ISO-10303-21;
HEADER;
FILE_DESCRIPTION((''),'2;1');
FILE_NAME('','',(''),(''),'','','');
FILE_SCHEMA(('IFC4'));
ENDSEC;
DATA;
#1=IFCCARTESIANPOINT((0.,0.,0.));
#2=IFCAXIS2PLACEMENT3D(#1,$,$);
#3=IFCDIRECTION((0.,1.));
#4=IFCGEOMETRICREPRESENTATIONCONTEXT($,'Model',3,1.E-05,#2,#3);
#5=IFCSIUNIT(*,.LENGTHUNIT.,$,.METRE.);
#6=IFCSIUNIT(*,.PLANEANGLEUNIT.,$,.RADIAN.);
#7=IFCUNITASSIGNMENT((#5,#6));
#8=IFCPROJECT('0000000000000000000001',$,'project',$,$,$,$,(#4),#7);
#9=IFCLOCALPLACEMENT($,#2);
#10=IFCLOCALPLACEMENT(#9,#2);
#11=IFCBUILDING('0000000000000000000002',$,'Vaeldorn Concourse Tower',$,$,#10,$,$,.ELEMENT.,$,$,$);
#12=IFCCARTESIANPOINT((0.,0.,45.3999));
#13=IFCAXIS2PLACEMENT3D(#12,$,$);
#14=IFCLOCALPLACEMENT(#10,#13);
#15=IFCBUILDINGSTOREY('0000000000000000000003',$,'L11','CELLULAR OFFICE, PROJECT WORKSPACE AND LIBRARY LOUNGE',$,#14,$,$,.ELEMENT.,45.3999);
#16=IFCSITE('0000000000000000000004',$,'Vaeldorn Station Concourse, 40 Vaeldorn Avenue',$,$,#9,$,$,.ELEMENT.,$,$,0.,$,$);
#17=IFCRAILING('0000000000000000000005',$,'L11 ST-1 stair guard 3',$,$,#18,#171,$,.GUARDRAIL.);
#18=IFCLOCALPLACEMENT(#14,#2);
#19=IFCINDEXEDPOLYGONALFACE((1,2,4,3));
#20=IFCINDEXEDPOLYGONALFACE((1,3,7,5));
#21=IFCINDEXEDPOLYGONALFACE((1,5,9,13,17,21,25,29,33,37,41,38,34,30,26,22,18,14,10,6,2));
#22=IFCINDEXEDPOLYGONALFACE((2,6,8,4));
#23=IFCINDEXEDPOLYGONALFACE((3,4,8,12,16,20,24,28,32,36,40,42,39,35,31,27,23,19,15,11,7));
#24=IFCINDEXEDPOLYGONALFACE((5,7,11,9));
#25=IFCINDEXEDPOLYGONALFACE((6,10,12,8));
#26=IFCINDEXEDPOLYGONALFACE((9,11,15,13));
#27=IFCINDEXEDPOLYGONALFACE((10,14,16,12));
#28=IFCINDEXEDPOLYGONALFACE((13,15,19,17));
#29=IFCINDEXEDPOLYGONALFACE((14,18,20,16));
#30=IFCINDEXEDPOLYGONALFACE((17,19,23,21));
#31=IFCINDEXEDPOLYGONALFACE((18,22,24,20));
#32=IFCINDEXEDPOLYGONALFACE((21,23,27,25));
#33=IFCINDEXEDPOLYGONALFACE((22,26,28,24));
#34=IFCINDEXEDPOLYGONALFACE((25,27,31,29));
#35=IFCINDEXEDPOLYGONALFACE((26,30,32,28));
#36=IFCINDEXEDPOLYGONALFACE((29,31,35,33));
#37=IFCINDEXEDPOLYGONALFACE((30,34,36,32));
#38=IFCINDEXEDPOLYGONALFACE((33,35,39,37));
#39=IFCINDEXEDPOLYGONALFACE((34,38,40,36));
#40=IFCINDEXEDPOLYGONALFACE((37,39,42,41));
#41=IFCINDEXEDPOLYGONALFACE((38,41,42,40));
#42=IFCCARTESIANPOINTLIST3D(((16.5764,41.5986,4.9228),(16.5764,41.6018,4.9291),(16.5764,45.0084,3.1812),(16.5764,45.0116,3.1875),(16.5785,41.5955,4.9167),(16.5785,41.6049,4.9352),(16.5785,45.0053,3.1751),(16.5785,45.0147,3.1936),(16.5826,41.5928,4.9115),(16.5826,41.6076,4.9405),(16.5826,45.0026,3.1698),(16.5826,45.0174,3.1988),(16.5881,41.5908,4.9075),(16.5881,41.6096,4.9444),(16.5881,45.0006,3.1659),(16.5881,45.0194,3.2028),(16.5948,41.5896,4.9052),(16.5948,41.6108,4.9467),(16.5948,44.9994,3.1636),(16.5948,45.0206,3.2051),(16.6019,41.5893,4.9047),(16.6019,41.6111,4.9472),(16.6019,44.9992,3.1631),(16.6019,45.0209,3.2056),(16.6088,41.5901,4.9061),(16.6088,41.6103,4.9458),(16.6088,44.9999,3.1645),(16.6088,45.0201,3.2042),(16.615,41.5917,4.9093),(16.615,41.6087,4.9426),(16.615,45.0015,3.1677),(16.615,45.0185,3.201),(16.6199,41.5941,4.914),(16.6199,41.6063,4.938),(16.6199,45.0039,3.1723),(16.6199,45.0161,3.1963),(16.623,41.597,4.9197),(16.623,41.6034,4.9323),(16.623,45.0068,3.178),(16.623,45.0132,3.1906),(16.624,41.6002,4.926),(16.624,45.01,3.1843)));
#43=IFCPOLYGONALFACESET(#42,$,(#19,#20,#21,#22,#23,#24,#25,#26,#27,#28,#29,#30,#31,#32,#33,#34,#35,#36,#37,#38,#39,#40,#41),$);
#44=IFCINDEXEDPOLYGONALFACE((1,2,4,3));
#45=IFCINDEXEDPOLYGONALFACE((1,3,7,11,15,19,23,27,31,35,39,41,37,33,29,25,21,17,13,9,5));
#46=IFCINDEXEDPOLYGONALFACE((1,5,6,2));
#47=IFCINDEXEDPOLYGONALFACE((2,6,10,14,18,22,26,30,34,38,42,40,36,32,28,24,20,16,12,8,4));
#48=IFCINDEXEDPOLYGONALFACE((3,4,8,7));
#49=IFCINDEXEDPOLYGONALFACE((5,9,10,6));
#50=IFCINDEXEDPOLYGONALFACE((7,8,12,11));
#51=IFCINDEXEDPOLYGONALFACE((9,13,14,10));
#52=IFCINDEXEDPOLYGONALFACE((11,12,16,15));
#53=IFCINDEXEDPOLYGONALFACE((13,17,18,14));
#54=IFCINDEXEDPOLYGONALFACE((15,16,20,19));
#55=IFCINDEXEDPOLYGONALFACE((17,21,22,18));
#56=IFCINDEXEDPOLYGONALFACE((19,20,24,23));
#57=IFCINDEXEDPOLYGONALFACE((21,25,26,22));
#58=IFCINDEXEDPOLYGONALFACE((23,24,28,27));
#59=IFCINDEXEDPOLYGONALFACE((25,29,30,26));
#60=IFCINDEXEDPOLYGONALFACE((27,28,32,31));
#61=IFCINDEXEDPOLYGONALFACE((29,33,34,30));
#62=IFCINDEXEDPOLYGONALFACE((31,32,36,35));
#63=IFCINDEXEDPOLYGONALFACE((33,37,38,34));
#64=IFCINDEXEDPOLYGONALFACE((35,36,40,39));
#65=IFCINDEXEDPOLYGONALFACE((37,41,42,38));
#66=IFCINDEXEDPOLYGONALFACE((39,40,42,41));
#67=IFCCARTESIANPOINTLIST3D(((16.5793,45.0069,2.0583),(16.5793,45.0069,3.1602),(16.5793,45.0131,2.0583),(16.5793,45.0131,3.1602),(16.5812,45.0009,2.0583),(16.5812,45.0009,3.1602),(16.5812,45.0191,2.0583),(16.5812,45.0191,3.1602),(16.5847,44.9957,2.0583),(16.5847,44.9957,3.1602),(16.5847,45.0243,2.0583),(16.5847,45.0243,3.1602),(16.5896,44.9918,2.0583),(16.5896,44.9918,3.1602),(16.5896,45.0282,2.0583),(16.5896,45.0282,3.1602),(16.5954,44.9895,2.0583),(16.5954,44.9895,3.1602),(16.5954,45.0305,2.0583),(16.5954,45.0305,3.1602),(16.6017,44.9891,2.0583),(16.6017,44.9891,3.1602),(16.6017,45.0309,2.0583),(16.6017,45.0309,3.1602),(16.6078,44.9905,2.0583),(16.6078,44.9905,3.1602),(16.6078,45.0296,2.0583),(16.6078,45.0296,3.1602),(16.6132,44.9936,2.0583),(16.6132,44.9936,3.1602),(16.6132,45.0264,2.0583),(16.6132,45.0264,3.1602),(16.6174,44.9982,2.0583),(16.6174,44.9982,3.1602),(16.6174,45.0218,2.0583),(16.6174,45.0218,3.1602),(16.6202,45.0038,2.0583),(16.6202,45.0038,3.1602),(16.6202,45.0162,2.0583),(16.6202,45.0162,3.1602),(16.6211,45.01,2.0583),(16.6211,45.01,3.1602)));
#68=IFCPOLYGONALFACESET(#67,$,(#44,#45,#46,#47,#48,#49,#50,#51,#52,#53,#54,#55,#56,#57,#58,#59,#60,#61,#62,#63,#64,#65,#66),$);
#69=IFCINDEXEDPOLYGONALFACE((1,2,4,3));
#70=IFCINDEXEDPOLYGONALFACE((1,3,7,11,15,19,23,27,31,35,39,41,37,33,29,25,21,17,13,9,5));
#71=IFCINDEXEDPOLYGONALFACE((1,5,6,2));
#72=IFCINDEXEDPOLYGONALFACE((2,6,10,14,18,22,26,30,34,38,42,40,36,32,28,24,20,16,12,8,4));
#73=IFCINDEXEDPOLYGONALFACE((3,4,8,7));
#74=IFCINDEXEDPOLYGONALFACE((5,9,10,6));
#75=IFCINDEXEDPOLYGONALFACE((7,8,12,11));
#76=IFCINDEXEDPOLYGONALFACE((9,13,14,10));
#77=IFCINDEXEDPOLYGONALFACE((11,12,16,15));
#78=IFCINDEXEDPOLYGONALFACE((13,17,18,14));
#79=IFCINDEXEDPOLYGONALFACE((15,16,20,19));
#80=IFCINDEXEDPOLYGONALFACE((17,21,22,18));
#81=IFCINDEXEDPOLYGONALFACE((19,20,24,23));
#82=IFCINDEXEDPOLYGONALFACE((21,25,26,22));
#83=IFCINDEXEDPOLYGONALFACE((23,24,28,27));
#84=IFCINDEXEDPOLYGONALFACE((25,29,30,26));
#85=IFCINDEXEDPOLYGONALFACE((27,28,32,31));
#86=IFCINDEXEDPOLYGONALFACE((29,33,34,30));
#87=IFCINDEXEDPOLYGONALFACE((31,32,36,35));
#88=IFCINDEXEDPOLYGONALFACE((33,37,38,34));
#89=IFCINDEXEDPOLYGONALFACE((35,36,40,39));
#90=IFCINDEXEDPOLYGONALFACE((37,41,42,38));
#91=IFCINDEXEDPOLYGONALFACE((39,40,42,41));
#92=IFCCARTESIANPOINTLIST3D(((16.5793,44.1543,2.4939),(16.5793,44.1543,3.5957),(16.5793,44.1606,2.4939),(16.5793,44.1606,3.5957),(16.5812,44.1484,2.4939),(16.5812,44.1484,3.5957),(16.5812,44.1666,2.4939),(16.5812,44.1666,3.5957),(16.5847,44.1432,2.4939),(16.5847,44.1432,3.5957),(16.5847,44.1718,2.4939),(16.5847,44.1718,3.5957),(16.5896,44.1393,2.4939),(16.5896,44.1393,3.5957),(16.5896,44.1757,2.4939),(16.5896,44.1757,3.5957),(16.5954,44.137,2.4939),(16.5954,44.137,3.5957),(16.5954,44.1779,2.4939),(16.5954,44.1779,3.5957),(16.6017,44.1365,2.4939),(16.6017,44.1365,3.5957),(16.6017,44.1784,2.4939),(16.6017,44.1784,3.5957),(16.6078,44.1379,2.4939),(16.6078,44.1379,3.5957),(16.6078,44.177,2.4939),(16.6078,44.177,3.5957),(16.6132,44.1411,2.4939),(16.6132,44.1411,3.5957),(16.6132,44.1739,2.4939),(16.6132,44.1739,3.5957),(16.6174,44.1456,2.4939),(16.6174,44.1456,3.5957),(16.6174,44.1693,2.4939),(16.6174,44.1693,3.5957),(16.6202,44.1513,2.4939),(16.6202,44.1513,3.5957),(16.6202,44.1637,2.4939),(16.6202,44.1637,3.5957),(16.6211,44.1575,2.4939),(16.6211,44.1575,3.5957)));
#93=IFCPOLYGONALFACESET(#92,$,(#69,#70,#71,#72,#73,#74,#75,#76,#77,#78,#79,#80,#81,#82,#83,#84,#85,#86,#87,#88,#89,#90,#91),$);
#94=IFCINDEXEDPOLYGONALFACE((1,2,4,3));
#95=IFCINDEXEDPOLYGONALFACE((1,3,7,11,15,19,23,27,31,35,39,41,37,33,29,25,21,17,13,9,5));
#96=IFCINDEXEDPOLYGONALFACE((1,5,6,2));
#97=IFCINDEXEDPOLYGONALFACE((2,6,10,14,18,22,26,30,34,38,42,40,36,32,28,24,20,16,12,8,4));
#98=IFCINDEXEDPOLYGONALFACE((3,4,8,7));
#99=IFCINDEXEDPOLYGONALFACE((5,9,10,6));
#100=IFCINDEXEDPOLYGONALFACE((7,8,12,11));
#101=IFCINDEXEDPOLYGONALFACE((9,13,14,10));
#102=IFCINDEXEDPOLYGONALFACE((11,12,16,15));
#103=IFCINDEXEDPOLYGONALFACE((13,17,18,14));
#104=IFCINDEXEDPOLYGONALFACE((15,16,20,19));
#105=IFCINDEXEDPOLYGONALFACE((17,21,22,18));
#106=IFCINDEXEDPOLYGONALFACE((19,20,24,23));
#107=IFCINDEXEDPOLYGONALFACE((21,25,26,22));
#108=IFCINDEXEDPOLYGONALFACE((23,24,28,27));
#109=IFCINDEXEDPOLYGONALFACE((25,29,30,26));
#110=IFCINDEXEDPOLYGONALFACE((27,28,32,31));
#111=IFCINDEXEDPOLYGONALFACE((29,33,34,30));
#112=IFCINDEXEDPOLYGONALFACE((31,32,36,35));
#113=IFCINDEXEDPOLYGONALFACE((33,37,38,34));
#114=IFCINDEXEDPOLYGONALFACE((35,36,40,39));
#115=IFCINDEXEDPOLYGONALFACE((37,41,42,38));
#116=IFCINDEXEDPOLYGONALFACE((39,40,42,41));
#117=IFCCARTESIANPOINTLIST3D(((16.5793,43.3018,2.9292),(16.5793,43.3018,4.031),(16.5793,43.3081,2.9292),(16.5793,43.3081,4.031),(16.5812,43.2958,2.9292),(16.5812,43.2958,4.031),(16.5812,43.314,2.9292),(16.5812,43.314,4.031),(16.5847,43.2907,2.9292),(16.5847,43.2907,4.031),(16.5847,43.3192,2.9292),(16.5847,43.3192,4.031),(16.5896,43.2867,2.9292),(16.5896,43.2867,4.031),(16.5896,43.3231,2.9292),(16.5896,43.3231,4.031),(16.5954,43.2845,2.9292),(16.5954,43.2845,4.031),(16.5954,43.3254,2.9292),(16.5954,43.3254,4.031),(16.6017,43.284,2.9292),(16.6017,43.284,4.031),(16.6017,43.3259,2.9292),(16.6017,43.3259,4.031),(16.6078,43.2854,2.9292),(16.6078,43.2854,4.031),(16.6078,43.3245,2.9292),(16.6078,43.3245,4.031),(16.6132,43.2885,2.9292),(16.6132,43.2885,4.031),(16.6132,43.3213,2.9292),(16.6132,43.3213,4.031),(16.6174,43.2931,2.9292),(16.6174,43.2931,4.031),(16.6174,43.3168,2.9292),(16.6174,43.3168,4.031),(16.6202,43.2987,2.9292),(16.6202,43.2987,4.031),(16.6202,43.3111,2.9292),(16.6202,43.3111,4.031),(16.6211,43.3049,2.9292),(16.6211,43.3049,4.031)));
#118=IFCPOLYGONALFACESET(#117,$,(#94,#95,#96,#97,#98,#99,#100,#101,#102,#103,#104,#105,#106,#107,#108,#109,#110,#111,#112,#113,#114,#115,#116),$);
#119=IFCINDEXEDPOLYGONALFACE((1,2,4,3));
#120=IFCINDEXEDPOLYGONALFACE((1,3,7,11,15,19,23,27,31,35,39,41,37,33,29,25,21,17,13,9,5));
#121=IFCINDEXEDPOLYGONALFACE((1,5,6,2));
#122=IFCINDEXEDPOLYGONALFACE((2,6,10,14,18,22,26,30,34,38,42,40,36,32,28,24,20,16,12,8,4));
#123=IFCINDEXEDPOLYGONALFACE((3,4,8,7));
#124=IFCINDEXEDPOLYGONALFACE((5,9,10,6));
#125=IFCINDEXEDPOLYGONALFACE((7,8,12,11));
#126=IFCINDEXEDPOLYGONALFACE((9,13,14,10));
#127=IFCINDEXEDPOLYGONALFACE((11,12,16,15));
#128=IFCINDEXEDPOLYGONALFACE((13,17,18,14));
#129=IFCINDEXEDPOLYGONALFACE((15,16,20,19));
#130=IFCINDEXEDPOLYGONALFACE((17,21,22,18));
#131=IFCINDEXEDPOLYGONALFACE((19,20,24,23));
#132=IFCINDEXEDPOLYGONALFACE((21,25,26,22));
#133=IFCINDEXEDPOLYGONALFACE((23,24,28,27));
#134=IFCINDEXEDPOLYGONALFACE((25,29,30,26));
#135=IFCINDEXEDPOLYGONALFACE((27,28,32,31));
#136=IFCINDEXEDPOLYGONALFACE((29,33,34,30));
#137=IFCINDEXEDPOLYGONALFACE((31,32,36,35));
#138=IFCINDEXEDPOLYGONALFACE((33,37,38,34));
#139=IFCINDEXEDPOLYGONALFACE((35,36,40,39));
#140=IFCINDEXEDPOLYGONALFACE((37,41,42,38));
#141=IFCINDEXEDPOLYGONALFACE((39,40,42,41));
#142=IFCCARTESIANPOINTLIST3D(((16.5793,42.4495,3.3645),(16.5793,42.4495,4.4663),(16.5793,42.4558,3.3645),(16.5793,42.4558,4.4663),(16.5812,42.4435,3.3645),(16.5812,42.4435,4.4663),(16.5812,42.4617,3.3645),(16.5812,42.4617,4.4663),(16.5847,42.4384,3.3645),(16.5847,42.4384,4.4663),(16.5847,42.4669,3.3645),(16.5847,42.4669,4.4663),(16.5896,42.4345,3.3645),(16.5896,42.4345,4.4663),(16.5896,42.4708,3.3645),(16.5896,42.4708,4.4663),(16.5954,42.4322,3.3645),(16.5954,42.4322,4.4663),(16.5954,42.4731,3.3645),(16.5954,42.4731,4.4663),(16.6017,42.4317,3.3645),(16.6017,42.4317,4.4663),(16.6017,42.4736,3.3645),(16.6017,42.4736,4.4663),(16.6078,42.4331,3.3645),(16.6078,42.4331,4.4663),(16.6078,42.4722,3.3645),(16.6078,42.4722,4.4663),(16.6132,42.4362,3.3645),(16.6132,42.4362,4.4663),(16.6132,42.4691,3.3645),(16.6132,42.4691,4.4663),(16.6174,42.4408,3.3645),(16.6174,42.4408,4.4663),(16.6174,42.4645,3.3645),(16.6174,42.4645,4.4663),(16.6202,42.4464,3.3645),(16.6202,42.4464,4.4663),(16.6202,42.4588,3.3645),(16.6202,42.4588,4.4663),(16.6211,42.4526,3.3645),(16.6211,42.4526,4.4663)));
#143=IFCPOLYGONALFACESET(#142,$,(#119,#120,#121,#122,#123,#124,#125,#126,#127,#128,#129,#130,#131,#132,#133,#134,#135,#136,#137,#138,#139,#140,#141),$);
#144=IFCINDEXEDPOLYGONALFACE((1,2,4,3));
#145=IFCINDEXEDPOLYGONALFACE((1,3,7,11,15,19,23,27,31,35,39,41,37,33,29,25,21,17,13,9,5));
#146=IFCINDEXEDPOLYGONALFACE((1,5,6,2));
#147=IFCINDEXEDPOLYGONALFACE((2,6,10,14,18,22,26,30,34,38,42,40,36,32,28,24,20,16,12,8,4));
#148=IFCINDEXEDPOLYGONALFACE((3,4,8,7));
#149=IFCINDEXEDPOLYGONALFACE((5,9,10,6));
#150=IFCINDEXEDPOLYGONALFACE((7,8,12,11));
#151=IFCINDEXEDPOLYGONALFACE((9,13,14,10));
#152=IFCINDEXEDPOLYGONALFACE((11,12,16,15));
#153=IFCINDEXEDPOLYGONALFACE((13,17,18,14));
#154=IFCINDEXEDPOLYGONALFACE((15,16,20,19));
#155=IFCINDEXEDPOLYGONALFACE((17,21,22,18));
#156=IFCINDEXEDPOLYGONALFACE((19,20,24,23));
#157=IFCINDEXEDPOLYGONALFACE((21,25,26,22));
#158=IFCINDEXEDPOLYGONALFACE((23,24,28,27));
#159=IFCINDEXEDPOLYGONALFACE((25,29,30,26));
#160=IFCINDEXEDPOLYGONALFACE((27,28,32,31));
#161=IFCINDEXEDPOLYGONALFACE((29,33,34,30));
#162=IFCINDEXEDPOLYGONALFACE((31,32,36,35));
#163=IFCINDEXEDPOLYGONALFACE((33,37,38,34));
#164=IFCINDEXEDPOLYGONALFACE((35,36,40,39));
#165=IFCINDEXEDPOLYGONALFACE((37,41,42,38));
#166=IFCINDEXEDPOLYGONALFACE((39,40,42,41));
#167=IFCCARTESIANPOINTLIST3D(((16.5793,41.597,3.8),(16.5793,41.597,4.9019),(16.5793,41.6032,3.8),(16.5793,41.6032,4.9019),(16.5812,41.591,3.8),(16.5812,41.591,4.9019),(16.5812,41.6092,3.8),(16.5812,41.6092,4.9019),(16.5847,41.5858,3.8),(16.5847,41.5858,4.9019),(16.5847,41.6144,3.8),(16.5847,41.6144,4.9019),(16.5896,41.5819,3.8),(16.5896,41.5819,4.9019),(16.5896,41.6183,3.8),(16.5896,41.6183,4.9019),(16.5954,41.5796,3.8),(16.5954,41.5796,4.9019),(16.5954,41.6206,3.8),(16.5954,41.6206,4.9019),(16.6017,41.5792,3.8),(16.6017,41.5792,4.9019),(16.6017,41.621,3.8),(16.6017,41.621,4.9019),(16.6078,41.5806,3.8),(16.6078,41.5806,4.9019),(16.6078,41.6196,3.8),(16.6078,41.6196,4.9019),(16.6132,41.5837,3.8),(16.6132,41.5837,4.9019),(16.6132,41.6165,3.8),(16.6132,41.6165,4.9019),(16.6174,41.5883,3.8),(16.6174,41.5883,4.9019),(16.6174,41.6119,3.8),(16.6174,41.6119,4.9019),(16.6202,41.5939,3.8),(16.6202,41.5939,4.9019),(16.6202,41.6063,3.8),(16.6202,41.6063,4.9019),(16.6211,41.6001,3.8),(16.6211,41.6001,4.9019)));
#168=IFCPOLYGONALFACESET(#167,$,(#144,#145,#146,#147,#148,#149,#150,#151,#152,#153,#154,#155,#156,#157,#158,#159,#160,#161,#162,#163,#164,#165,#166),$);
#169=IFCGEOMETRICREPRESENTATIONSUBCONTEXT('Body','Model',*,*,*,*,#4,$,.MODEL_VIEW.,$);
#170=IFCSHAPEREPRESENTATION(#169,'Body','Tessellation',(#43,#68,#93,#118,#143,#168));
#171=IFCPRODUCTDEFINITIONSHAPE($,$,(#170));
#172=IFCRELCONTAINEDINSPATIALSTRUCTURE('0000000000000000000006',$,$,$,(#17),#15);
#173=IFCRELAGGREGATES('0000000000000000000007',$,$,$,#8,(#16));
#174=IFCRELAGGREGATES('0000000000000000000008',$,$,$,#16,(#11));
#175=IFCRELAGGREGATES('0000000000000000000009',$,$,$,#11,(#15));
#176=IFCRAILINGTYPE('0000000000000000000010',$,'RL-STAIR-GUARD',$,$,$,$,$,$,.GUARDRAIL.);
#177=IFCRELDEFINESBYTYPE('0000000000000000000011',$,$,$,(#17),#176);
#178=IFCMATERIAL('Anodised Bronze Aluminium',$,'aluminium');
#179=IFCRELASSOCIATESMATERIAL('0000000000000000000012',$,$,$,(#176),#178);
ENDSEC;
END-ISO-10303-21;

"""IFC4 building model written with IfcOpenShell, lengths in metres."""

from ifc_helpers import new_model, si_unit, direction, frame, origin, origin_2d, place, context, subcontext, project, spatial, circle, extrude, material, type_object, element, save


model = new_model("IFC4")

# Units and contexts
model_context = context("Model", 3, precision=1e-05, world=origin(), true_north=direction((0.0, 1.0)))
body_context = subcontext(model_context, "Body", "Model", "MODEL_VIEW")
ifc_project = project(units=[si_unit("LENGTHUNIT", "METRE"), si_unit("PLANEANGLEUNIT", "RADIAN")], contexts=[model_context])

# Site, building, storey
site_placement = place(None, origin())
site = spatial("IfcSite", under=ifc_project, at=site_placement, Name="Vaeldorn Station Concourse, 40 Vaeldorn Avenue", CompositionType="ELEMENT", RefElevation=0.0)
building_placement = place(site_placement, origin())
building = spatial("IfcBuilding", under=site, at=building_placement, Name="Vaeldorn Concourse Tower", CompositionType="ELEMENT")
storey_placement = place(building_placement, frame((0.0, 0.0, 45.3999)))
storey = spatial("IfcBuildingStorey", under=building, at=storey_placement, Name="L11", Description="CELLULAR OFFICE, PROJECT WORKSPACE AND LIBRARY LOUNGE", CompositionType="ELEMENT", Elevation=45.3999)

# Shared definitions
ifc_material_1 = material(Name="Anodised Bronze Aluminium", Category="aluminium")

# Railing
railing_type_1 = type_object("IfcRailingType", Name="RL-STAIR-GUARD", PredefinedType="GUARDRAIL", material=ifc_material_1)
railing_1_placement = place(storey_placement, frame((16.6001, 45.01, 2.0583)))
element("IfcRailing", 1, at=railing_1_placement, inside=storey, type_object=railing_type_1, Name="L11 ST-1 stair guard 3", PredefinedType="GUARDRAIL", context=body_context, shape_type="SweptSolid", body=[
    extrude(circle(Radius=0.0239, at=origin_2d()), frame((0.0, 0.0, 1.126), z_axis=(0.0, -0.890556, 0.454874), x_axis=(1.0, 0.0, 0.0)), (0.0, 0.0, 1.0), 3.8289),
    extrude(circle(Radius=0.021, at=origin_2d()), origin(), (0.0, 0.0, 1.0), 1.1018),
    extrude(circle(Radius=0.021, at=origin_2d()), frame((0.0, -0.8525, 0.4355)), (0.0, 0.0, 1.0), 1.1018),
    extrude(circle(Radius=0.021, at=origin_2d()), frame((0.0, -1.7051, 0.8708)), (0.0, 0.0, 1.0), 1.1018),
    extrude(circle(Radius=0.021, at=origin_2d()), frame((0.0, -2.5574, 1.3062)), (0.0, 0.0, 1.0), 1.1018),
    extrude(circle(Radius=0.021, at=origin_2d()), frame((0.0, -3.4099, 1.7417)), (0.0, 0.0, 1.0), 1.1018),
])

save(model, "model.ifc")
